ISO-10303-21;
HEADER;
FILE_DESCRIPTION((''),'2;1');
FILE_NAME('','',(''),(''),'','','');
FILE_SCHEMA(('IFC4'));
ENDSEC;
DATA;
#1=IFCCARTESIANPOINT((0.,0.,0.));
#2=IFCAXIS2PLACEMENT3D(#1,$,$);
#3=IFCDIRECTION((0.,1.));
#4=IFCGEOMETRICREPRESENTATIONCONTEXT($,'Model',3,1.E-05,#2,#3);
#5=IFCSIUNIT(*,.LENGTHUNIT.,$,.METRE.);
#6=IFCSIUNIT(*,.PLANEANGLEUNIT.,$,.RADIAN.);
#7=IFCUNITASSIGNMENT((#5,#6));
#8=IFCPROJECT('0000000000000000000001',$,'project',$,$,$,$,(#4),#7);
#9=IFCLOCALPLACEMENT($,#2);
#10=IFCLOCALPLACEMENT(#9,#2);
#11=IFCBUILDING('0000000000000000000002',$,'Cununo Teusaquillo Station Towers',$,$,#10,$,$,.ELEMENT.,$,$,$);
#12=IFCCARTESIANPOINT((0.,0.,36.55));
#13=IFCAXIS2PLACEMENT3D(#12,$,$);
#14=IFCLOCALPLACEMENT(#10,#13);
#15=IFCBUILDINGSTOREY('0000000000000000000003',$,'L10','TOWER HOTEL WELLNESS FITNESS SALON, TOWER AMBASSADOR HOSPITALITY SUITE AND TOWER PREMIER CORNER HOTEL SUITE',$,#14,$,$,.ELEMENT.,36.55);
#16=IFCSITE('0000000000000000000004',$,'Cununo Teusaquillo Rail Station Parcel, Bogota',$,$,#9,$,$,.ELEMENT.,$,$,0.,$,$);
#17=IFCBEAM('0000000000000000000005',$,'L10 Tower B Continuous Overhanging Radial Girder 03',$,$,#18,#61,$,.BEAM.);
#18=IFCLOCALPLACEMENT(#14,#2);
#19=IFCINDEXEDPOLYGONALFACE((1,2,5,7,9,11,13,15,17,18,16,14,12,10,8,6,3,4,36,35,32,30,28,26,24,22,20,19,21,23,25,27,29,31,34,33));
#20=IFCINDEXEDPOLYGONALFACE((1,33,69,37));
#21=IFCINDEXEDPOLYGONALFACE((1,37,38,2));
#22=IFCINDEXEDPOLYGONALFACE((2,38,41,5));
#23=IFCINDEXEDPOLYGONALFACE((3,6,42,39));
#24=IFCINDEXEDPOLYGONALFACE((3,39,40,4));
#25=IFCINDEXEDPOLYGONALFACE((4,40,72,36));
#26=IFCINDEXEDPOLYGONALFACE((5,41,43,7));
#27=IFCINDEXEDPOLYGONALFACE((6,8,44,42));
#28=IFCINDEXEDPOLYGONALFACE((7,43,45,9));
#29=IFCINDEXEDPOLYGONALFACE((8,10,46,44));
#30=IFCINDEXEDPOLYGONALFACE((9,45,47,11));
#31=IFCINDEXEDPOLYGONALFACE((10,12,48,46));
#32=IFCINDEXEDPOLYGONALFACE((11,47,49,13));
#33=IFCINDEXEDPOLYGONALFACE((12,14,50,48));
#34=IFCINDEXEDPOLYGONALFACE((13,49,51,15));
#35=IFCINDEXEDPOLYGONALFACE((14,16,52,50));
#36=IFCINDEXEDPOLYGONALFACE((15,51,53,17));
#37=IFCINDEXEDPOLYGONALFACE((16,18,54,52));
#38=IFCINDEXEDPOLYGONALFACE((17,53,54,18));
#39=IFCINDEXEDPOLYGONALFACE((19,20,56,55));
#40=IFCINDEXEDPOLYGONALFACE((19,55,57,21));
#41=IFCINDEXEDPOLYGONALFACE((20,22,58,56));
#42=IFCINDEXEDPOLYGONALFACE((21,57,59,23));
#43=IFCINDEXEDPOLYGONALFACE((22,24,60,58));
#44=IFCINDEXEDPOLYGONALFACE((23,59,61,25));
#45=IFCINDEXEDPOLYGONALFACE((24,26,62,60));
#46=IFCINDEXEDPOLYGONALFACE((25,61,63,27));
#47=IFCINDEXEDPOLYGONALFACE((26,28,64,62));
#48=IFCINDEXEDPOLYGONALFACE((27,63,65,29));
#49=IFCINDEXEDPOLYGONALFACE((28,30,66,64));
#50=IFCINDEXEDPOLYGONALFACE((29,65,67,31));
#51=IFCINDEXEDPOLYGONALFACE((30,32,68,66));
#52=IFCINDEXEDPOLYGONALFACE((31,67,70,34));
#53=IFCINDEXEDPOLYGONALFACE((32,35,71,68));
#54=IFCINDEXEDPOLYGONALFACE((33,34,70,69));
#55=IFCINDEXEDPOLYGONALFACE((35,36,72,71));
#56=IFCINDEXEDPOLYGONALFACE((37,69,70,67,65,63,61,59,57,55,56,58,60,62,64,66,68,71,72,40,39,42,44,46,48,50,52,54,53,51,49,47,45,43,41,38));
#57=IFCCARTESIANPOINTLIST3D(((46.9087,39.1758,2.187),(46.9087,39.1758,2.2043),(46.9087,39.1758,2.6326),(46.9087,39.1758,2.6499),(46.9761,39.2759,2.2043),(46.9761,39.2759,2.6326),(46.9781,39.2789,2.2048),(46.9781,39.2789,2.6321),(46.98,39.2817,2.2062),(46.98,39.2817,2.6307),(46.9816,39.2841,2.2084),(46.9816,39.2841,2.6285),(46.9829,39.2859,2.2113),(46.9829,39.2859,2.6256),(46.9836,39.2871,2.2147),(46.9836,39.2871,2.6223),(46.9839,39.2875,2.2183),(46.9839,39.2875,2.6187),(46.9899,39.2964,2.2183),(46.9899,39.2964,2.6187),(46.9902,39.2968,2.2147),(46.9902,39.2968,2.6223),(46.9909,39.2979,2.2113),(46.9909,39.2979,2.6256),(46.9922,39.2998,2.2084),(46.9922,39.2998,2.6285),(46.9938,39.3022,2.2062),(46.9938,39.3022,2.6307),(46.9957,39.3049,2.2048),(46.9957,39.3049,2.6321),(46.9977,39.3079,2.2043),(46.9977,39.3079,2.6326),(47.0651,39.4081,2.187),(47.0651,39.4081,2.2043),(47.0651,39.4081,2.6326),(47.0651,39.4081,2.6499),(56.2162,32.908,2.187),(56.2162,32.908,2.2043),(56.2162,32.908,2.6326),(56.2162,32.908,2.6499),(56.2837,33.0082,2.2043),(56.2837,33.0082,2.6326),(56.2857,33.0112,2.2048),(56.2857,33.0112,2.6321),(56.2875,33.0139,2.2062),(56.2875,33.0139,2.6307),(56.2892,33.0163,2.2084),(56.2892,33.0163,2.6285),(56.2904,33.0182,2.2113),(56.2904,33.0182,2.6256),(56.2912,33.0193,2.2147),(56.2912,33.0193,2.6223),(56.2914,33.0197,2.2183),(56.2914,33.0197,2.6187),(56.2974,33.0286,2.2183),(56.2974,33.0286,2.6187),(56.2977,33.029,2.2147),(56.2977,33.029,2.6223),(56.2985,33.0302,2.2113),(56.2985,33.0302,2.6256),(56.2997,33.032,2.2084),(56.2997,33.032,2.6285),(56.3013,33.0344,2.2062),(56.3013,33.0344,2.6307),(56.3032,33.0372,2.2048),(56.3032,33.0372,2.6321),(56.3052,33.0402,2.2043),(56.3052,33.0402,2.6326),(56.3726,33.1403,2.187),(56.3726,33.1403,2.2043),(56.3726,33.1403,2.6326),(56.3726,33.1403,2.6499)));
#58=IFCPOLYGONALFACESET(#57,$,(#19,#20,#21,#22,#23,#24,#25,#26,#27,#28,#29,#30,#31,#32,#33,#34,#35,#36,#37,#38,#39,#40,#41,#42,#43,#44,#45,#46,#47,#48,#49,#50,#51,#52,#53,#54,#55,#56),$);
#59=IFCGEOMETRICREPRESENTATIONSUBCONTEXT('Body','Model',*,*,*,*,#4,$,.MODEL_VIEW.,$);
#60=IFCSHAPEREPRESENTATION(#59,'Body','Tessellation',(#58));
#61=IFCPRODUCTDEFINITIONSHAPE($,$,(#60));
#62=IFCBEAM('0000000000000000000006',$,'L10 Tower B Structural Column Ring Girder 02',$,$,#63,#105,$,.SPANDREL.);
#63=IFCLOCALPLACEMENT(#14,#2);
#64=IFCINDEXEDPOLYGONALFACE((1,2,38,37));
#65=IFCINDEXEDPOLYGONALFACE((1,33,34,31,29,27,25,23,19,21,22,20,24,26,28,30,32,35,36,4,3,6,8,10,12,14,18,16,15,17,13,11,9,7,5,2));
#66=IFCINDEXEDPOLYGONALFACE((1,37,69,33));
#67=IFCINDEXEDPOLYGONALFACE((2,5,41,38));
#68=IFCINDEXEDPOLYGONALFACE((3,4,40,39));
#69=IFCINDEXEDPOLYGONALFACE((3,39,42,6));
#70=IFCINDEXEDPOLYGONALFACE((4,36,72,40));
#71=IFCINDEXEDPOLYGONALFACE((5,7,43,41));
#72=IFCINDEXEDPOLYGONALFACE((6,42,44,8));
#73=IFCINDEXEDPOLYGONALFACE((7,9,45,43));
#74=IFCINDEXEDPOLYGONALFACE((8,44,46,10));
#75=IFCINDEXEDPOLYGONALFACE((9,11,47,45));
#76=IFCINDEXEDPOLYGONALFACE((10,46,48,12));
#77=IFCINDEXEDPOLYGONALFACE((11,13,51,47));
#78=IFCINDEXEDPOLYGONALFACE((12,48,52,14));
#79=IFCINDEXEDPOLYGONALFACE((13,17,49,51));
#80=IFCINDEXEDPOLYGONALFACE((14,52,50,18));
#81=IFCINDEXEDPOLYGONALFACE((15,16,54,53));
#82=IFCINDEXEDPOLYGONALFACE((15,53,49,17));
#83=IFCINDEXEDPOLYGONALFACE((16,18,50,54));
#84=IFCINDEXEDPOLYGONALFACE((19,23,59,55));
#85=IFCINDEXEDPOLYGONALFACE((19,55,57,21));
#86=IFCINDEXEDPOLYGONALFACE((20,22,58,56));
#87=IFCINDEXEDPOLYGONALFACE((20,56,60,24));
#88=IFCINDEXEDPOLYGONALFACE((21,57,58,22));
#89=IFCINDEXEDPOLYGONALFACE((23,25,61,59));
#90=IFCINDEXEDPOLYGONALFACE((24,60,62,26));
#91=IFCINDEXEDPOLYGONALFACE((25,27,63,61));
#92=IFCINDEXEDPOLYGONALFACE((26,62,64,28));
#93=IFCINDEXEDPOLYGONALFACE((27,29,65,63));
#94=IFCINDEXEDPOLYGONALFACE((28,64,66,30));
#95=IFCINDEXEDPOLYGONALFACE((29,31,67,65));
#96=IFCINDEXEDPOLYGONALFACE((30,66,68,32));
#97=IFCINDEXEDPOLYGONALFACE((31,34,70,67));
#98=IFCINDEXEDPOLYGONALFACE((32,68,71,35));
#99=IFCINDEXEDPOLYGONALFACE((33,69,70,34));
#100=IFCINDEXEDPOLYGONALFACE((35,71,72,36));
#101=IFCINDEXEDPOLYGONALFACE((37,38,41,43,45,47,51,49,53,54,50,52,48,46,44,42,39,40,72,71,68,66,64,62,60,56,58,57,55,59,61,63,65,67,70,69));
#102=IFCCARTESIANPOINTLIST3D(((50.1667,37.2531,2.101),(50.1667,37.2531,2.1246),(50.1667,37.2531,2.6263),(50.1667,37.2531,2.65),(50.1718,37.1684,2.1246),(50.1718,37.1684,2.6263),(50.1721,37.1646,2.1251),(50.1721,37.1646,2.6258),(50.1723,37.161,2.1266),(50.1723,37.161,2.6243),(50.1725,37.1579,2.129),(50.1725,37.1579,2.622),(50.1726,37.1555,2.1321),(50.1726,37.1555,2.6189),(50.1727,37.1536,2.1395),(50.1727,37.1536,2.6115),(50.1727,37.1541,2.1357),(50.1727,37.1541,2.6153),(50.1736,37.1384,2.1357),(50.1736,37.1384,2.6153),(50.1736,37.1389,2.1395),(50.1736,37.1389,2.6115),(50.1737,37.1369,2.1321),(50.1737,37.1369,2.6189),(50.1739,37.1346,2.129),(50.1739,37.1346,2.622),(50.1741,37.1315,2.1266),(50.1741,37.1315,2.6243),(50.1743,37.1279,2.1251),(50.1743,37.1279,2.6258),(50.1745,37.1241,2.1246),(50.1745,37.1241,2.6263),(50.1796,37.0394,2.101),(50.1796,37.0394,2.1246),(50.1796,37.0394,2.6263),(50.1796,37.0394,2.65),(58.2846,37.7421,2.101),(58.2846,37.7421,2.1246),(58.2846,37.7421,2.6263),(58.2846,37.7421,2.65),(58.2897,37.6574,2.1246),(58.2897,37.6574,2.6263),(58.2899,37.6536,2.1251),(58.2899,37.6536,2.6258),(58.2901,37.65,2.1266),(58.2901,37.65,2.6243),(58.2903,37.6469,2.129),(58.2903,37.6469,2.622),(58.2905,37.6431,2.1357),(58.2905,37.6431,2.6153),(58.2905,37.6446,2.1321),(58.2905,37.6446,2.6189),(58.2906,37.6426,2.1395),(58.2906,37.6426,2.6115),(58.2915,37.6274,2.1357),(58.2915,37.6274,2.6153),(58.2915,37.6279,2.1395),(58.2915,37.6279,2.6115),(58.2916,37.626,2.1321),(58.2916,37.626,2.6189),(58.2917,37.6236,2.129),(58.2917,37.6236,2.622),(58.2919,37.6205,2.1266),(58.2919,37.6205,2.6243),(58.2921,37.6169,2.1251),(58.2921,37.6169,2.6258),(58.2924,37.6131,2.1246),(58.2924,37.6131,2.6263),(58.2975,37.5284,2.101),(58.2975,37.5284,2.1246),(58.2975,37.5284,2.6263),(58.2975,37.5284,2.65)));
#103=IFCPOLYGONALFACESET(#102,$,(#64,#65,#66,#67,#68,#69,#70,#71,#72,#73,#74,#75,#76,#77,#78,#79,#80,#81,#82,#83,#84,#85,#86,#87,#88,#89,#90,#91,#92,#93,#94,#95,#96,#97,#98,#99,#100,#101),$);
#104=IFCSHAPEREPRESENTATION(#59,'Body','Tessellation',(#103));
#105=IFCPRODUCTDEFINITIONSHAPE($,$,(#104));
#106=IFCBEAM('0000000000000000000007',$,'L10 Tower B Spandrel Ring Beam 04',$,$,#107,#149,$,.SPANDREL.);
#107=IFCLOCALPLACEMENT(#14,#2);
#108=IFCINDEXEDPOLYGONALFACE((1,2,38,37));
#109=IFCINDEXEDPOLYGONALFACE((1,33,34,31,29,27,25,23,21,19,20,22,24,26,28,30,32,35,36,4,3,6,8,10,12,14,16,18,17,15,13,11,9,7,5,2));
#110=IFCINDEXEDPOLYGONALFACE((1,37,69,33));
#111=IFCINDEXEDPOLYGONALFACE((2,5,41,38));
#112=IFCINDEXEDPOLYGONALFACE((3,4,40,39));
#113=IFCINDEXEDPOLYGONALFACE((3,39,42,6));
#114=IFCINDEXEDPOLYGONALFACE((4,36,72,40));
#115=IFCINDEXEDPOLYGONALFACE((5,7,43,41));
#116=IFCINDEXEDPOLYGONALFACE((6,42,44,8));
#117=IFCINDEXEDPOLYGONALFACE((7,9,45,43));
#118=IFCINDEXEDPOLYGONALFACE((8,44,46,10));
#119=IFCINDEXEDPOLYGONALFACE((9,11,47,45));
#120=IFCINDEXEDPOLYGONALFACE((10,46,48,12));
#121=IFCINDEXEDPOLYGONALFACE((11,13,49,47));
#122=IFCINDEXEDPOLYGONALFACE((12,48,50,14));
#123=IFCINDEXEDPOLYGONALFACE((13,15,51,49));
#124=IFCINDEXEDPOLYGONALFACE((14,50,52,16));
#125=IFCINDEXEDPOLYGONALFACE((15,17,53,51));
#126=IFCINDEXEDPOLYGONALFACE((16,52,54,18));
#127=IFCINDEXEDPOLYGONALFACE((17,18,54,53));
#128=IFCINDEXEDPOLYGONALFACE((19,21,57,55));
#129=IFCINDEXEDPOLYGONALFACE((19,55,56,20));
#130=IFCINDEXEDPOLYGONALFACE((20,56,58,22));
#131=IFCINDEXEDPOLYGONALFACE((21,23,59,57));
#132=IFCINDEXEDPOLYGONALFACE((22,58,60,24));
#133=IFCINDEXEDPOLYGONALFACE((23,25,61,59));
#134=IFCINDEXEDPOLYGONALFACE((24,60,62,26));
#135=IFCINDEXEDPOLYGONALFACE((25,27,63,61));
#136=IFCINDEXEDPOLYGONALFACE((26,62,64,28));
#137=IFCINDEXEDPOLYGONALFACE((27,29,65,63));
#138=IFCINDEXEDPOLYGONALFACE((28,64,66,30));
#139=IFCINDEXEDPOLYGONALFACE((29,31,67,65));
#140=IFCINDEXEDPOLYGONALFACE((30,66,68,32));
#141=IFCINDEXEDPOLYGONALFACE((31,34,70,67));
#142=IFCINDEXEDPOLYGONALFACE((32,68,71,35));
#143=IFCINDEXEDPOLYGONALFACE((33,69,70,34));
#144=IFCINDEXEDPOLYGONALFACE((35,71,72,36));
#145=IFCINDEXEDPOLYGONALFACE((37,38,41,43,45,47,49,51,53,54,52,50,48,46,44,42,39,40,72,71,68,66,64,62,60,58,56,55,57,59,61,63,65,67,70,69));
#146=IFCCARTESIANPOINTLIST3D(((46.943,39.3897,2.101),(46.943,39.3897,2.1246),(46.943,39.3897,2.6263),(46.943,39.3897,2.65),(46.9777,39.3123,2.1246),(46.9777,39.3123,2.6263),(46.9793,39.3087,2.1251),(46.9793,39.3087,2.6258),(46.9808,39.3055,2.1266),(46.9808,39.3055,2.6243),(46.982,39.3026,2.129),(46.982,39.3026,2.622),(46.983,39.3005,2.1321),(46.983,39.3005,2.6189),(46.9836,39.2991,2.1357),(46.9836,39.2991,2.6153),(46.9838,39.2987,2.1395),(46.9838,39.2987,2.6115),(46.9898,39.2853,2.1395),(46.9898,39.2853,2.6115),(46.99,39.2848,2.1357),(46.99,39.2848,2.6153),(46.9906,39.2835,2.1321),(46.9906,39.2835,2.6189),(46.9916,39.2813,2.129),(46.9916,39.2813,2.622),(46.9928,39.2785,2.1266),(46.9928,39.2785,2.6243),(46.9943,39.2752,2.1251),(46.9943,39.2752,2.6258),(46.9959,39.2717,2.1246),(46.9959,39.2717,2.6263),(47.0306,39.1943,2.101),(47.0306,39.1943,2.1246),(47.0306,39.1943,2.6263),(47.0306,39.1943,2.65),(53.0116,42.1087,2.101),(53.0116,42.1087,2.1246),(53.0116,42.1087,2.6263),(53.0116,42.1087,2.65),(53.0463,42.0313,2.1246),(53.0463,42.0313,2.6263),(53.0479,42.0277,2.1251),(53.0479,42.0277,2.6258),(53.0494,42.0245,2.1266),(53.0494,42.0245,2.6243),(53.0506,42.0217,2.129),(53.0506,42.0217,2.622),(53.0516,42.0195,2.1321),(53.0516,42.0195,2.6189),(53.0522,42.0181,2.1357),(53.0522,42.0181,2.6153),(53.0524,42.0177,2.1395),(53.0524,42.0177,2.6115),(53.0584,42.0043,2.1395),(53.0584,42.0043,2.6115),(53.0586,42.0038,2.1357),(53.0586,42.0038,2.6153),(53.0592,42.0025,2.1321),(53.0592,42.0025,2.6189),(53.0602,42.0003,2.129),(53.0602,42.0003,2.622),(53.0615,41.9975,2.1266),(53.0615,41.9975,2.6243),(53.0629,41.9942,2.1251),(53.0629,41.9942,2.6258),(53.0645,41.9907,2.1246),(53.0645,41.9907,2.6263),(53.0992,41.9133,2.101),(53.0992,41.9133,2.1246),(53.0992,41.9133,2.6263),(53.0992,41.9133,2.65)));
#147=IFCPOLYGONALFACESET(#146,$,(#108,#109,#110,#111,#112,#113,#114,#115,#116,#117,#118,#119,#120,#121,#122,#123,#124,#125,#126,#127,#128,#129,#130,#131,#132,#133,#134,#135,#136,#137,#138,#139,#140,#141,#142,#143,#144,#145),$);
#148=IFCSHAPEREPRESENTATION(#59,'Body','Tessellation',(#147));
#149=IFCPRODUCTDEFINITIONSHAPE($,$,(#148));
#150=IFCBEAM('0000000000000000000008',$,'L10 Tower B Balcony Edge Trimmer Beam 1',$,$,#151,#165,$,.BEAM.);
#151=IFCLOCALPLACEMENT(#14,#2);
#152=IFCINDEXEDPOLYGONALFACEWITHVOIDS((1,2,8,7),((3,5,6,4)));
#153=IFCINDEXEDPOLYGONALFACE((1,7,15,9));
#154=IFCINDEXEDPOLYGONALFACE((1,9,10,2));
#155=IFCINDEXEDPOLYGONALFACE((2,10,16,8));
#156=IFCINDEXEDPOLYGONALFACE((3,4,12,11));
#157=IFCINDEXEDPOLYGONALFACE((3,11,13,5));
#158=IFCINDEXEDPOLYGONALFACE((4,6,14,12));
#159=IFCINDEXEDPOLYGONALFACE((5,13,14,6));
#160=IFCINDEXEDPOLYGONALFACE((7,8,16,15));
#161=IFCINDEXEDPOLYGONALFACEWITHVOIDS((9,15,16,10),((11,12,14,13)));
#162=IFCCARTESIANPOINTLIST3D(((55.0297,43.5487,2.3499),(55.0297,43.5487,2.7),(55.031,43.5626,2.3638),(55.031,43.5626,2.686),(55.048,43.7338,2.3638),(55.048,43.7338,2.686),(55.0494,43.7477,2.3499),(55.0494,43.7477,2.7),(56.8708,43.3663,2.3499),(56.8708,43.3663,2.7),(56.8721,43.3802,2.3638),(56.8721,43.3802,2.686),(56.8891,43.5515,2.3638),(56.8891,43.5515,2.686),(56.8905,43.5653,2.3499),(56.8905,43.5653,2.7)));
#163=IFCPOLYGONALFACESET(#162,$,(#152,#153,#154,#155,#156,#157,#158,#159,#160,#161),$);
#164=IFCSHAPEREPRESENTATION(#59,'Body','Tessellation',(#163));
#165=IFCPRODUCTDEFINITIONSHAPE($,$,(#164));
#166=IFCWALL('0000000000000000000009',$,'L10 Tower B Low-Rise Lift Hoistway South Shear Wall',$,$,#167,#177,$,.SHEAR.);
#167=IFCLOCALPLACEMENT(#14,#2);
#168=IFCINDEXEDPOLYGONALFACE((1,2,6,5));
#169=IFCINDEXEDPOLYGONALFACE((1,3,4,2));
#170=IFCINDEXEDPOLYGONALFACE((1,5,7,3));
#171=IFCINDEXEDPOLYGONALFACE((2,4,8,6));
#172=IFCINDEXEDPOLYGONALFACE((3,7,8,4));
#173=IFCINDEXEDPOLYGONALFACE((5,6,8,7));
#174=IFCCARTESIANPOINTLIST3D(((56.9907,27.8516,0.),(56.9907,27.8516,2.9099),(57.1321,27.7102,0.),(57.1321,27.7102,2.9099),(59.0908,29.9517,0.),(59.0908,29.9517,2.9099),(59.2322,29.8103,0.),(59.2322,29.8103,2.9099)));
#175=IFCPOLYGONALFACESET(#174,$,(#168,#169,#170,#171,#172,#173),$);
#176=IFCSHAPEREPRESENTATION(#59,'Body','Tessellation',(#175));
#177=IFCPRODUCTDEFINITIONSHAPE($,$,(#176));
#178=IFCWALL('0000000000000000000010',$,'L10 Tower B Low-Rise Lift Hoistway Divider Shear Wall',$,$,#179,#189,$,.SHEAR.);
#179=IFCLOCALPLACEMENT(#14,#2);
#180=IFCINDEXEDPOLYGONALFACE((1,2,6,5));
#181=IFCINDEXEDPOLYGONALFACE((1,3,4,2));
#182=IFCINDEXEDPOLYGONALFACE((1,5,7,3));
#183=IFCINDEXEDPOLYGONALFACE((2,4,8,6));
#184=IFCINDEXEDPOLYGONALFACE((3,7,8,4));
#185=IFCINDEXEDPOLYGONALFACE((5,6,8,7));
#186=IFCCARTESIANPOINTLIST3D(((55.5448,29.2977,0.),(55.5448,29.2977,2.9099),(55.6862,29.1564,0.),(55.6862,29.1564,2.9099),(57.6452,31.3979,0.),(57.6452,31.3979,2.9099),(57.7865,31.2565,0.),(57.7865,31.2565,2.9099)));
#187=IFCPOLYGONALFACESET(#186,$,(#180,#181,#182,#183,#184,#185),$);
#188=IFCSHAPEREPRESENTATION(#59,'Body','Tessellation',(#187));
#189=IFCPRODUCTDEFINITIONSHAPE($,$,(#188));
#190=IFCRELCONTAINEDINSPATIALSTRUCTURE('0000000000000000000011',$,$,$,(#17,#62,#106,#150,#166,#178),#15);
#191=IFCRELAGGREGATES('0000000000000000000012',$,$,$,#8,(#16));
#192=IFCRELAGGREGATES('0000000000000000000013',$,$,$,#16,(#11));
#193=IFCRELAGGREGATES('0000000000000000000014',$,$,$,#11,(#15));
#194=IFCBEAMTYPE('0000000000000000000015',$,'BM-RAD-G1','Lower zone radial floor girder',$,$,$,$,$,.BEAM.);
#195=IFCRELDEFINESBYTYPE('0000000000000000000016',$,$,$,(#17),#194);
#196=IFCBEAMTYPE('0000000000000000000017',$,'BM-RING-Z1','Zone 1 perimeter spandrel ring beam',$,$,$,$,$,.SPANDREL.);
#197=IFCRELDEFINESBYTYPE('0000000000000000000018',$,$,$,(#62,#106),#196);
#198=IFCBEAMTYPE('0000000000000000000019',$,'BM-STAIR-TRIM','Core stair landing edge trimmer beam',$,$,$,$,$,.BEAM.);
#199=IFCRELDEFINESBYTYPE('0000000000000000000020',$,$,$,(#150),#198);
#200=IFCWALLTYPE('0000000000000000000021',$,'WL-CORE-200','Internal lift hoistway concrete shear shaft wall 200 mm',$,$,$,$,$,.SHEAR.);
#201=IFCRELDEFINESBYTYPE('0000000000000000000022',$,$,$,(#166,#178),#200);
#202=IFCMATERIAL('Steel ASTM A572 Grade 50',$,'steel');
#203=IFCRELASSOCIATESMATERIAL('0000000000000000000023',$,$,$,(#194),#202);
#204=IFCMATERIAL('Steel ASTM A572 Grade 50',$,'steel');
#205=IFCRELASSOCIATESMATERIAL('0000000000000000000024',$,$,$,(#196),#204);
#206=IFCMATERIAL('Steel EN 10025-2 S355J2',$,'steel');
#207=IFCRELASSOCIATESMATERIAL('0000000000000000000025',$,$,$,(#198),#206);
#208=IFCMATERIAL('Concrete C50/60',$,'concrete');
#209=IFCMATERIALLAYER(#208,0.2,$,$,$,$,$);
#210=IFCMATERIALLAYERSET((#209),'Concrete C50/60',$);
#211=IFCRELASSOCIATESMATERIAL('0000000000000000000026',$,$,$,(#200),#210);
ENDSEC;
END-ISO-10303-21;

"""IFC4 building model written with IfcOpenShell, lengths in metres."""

from ifc_helpers import new_model, si_unit, direction, frame, frame_2d, origin, origin_2d, place, context, subcontext, project, spatial, rectangle, hollow_rectangle, i_section, extrude, material, layer, layer_set, material_profile, profile_set, type_object, element, save


model = new_model("IFC4")

# Units and contexts
model_context = context("Model", 3, precision=1e-05, world=origin(), true_north=direction((0.0, 1.0)))
body_context = subcontext(model_context, "Body", "Model", "MODEL_VIEW")
ifc_project = project(units=[si_unit("LENGTHUNIT", "METRE"), si_unit("PLANEANGLEUNIT", "RADIAN")], contexts=[model_context])

# Site, building, storey
site_placement = place(None, origin())
site = spatial("IfcSite", under=ifc_project, at=site_placement, Name="Cununo Teusaquillo Rail Station Parcel, Bogota", CompositionType="ELEMENT", RefElevation=0.0)
building_placement = place(site_placement, origin())
building = spatial("IfcBuilding", under=site, at=building_placement, Name="Cununo Teusaquillo Station Towers", CompositionType="ELEMENT")
storey_placement = place(building_placement, frame((0.0, 0.0, 36.55)))
storey = spatial("IfcBuildingStorey", under=building, at=storey_placement, Name="L10", Description="TOWER HOTEL WELLNESS FITNESS SALON, TOWER AMBASSADOR HOSPITALITY SUITE AND TOWER PREMIER CORNER HOTEL SUITE", CompositionType="ELEMENT", Elevation=36.55)

# Beams
ifc_material_1 = material(Name="Steel ASTM A572 Grade 50", Category="steel")
ifc_material_profile_1 = material_profile(ifc_material_1, i_section(OverallWidth=0.28, OverallDepth=0.4629, WebThickness=0.0107, FlangeThickness=0.0173, FilletRadius=0.0139, at=origin_2d()), Name="W18X76")
ifc_profile_set_1 = profile_set([ifc_material_profile_1], Name="Steel ASTM A572 Grade 50")
beam_type_1 = type_object("IfcBeamType", Name="BM-RAD-G1", Description="Lower zone radial floor girder", PredefinedType="BEAM", material=ifc_profile_set_1)
beam_1_placement = place(storey_placement, frame((56.2944, 33.0242, 2.4185), z_axis=(-0.829461, 0.558565, 0.0), x_axis=(-0.558565, -0.829461, 0.0)))
element("IfcBeam", 1, at=beam_1_placement, inside=storey, type_object=beam_type_1, Name="L10 Tower B Continuous Overhanging Radial Girder 03", PredefinedType="BEAM", context=body_context, shape_type="SweptSolid", body=[
    extrude(i_section(OverallWidth=0.28, OverallDepth=0.4629, WebThickness=0.0107, FlangeThickness=0.0173, FilletRadius=0.0139, at=origin_2d()), origin(), (0.0, 0.0, 1.0), 11.2212),
])
ifc_material_2 = material(Name="Steel ASTM A572 Grade 50", Category="steel")
ifc_material_profile_2 = material_profile(ifc_material_2, i_section(OverallWidth=0.2141, OverallDepth=0.5491, WebThickness=0.0146, FlangeThickness=0.0237, FilletRadius=0.0149, at=origin_2d()), Name="W21X93")
ifc_profile_set_2 = profile_set([ifc_material_profile_2], Name="Steel ASTM A572 Grade 50")
beam_type_2 = type_object("IfcBeamType", Name="BM-RING-Z1", Description="Zone 1 perimeter spandrel ring beam", PredefinedType="SPANDREL", material=ifc_profile_set_2)
beam_2_placement = place(storey_placement, frame((58.291, 37.6353, 2.3755), z_axis=(-0.998191, -0.06013, 0.0), x_axis=(0.06013, -0.998191, 0.0)))
element("IfcBeam", 2, at=beam_2_placement, inside=storey, type_object=beam_type_2, Name="L10 Tower B Structural Column Ring Girder 02", PredefinedType="SPANDREL", context=body_context, shape_type="SweptSolid", body=[
    extrude(i_section(OverallWidth=0.2141, OverallDepth=0.5491, WebThickness=0.0146, FlangeThickness=0.0237, FilletRadius=0.0149, at=origin_2d()), origin(), (0.0, 0.0, 1.0), 8.1326),
])
beam_3_placement = place(storey_placement, frame((53.0554, 42.011, 2.3755), z_axis=(-0.912589, -0.408879, 0.0), x_axis=(0.408879, -0.912589, 0.0)))
element("IfcBeam", 3, at=beam_3_placement, inside=storey, type_object=beam_type_2, Name="L10 Tower B Spandrel Ring Beam 04", PredefinedType="SPANDREL", context=body_context, shape_type="SweptSolid", body=[
    extrude(i_section(OverallWidth=0.2141, OverallDepth=0.5491, WebThickness=0.0146, FlangeThickness=0.0237, FilletRadius=0.0149, at=origin_2d()), origin(), (0.0, 0.0, 1.0), 6.6499),
])
ifc_material_3 = material(Name="Steel EN 10025-2 S355J2", Category="steel")
ifc_material_profile_3 = material_profile(ifc_material_3, hollow_rectangle(XDim=0.2, YDim=0.3501, WallThickness=0.0139, at=origin_2d()), Name="RHS 350x200x14")
ifc_profile_set_3 = profile_set([ifc_material_profile_3], Name="Steel EN 10025-2 S355J2")
beam_type_3 = type_object("IfcBeamType", Name="BM-STAIR-TRIM", Description="Core stair landing edge trimmer beam", PredefinedType="BEAM", material=ifc_profile_set_3)
beam_4_placement = place(storey_placement, frame((56.8806, 43.4658, 2.5249), z_axis=(-0.99513, 0.098576, 0.0), x_axis=(-0.098576, -0.99513, 0.0)))
element("IfcBeam", 4, at=beam_4_placement, inside=storey, type_object=beam_type_3, Name="L10 Tower B Balcony Edge Trimmer Beam 1", PredefinedType="BEAM", context=body_context, shape_type="SweptSolid", body=[
    extrude(hollow_rectangle(XDim=0.2, YDim=0.3501, WallThickness=0.0139, at=origin_2d()), origin(), (0.0, 0.0, 1.0), 1.8501),
])

# Walls
ifc_material_4 = material(Name="Concrete C50/60", Category="concrete")
ifc_layer_1 = layer(ifc_material_4, 0.2)
ifc_layer_set_1 = layer_set([ifc_layer_1], Name="Concrete C50/60")
wall_type_1 = type_object("IfcWallType", Name="WL-CORE-200", Description="Internal lift hoistway concrete shear shaft wall 200 mm", PredefinedType="SHEAR", material=ifc_layer_set_1)
wall_1_placement = place(storey_placement, frame((57.0615, 27.781, 0.0), z_axis=(0.0, 0.0, 1.0), x_axis=(0.707107, 0.707107, 0.0)))
element("IfcWall", 5, at=wall_1_placement, inside=storey, type_object=wall_type_1, Name="L10 Tower B Low-Rise Lift Hoistway South Shear Wall", PredefinedType="SHEAR", context=body_context, shape_type="SweptSolid", body=[
    extrude(rectangle(XDim=2.97, YDim=0.2, at=frame_2d((1.4849, 0.0))), origin(), (0.0, 0.0, 1.0), 2.9099),
])
wall_2_placement = place(storey_placement, frame((55.6155, 29.2271, 0.0), z_axis=(0.0, 0.0, 1.0), x_axis=(0.707148, 0.707066, 0.0)))
element("IfcWall", 6, at=wall_2_placement, inside=storey, type_object=wall_type_1, Name="L10 Tower B Low-Rise Lift Hoistway Divider Shear Wall", PredefinedType="SHEAR", context=body_context, shape_type="SweptSolid", body=[
    extrude(rectangle(XDim=2.9702, YDim=0.2, at=frame_2d((1.4851, 0.0))), origin(), (0.0, 0.0, 1.0), 2.9099),
])

save(model, "model.ifc")
